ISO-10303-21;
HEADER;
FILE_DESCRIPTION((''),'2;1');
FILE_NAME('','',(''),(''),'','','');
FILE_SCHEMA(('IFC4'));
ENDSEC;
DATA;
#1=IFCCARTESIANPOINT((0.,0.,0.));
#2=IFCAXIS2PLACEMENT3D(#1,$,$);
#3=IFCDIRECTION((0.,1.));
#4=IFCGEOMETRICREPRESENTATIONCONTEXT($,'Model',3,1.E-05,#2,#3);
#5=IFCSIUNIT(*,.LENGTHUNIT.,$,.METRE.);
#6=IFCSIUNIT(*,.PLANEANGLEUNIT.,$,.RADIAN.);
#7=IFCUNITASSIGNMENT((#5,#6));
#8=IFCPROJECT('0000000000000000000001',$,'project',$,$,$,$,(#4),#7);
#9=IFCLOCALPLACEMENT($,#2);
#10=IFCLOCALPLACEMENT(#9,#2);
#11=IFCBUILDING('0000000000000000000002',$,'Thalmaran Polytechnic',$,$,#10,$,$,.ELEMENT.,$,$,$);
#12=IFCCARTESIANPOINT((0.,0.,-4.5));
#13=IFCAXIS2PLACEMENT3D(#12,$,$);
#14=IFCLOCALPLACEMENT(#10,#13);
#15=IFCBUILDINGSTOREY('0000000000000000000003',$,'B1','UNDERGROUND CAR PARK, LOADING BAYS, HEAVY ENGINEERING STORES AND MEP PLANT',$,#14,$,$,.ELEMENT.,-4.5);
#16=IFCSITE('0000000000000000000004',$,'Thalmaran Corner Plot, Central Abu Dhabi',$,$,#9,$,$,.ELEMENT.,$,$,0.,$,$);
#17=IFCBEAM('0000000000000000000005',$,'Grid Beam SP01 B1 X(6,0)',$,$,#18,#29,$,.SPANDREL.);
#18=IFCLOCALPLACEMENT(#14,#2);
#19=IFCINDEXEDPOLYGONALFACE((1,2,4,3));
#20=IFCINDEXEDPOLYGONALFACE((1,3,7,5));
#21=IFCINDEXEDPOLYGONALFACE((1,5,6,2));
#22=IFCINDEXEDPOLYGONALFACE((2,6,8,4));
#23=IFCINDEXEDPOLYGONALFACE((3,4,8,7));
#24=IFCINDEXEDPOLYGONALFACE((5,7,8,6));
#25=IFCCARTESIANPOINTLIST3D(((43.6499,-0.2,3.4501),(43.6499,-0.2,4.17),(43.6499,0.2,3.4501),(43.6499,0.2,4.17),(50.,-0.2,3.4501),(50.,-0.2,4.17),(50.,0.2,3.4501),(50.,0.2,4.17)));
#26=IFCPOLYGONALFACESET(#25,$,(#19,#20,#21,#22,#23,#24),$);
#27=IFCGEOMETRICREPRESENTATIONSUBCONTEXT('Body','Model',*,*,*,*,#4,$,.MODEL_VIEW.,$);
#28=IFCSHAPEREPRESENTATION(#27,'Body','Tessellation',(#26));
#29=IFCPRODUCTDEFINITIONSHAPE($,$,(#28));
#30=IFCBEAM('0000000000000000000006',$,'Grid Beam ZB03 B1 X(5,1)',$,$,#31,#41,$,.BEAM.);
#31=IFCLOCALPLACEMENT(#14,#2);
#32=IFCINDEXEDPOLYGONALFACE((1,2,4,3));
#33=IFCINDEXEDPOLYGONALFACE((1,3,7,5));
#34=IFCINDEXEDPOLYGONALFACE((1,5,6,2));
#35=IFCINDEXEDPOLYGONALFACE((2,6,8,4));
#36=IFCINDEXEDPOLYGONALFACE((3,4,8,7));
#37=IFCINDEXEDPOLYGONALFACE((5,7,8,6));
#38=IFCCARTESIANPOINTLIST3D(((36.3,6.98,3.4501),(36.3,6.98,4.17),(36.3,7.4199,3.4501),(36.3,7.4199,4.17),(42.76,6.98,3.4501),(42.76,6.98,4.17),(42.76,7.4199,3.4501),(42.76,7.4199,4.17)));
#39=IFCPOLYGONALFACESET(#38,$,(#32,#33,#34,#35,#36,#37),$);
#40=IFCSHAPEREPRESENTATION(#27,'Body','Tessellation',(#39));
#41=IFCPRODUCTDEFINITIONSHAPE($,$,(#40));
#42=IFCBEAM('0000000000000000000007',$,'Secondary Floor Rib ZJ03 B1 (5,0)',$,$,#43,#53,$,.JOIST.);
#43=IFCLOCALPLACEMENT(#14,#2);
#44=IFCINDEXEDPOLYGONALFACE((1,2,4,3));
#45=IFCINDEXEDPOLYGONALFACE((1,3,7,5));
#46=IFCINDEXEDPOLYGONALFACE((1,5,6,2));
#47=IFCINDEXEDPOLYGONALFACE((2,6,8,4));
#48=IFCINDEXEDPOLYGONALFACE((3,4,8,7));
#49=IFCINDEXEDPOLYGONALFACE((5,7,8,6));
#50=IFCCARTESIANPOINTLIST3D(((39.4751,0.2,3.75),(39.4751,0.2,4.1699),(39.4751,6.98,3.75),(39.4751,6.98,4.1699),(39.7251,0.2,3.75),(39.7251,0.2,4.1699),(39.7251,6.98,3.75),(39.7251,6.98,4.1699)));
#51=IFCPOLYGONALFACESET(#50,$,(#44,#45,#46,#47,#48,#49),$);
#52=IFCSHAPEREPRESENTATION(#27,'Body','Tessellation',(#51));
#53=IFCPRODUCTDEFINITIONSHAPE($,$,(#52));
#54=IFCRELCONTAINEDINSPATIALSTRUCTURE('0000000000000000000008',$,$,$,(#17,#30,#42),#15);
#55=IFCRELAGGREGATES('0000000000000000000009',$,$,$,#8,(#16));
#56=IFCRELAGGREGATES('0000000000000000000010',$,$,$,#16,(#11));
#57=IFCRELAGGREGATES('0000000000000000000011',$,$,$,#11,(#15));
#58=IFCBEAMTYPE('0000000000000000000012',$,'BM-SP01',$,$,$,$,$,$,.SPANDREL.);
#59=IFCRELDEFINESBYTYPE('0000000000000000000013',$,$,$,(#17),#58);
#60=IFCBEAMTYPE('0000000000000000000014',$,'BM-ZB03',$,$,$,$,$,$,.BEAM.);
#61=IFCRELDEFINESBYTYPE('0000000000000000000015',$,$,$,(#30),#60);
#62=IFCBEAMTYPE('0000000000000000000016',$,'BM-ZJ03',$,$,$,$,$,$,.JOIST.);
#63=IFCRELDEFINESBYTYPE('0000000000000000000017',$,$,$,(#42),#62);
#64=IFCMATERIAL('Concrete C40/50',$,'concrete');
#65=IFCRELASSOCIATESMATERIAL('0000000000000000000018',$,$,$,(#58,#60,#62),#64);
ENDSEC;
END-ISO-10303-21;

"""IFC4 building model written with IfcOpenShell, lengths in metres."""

from ifc_helpers import new_model, si_unit, direction, frame, origin, origin_2d, place, context, subcontext, project, spatial, rectangle, extrude, material, material_profile, profile_set, type_object, element, save


model = new_model("IFC4")

# Units and contexts
model_context = context("Model", 3, precision=1e-05, world=origin(), true_north=direction((0.0, 1.0)))
body_context = subcontext(model_context, "Body", "Model", "MODEL_VIEW")
ifc_project = project(units=[si_unit("LENGTHUNIT", "METRE"), si_unit("PLANEANGLEUNIT", "RADIAN")], contexts=[model_context])

# Site, building, storey
site_placement = place(None, origin())
site = spatial("IfcSite", under=ifc_project, at=site_placement, Name="Thalmaran Corner Plot, Central Abu Dhabi", CompositionType="ELEMENT", RefElevation=0.0)
building_placement = place(site_placement, origin())
building = spatial("IfcBuilding", under=site, at=building_placement, Name="Thalmaran Polytechnic", CompositionType="ELEMENT")
storey_placement = place(building_placement, frame((0.0, 0.0, -4.5)))
storey = spatial("IfcBuildingStorey", under=building, at=storey_placement, Name="B1", Description="UNDERGROUND CAR PARK, LOADING BAYS, HEAVY ENGINEERING STORES AND MEP PLANT", CompositionType="ELEMENT", Elevation=-4.5)

# Shared definitions
ifc_material_1 = material(Name="Concrete C40/50", Category="concrete")

# Beams
ifc_material_profile_1 = material_profile(ifc_material_1, rectangle(XDim=0.3999, YDim=0.72, at=origin_2d()), Name="RC 400x720")
ifc_profile_set_1 = profile_set([ifc_material_profile_1], Name="Concrete C40/50")
beam_type_1 = type_object("IfcBeamType", Name="BM-SP01", PredefinedType="SPANDREL", material=ifc_profile_set_1)
for number, where, z_axis, x_axis, name in (
    (1, (43.6499, 0.0, 3.8101), (1.0, 0.0, 0.0), (0.0, 1.0, 0.0), "Grid Beam SP01 B1 X(6,0)"),
):
    element("IfcBeam", number, at=place(storey_placement, frame(where, z_axis=z_axis, x_axis=x_axis)), inside=storey, type_object=beam_type_1, Name=name, PredefinedType="SPANDREL", context=body_context, shape_type="SweptSolid", body=[
        extrude(rectangle(XDim=0.3999, YDim=0.72, at=origin_2d()), origin(), (0.0, 0.0, 1.0), 6.3501),
    ])
ifc_material_profile_2 = material_profile(ifc_material_1, rectangle(XDim=0.4399, YDim=0.72, at=origin_2d()), Name="RC 440x720")
ifc_profile_set_2 = profile_set([ifc_material_profile_2], Name="Concrete C40/50")
beam_type_2 = type_object("IfcBeamType", Name="BM-ZB03", PredefinedType="BEAM", material=ifc_profile_set_2)
beam_1_placement = place(storey_placement, frame((36.3, 7.2, 3.8101), z_axis=(1.0, 0.0, 0.0), x_axis=(0.0, 1.0, 0.0)))
element("IfcBeam", 2, at=beam_1_placement, inside=storey, type_object=beam_type_2, Name="Grid Beam ZB03 B1 X(5,1)", PredefinedType="BEAM", context=body_context, shape_type="SweptSolid", body=[
    extrude(rectangle(XDim=0.4399, YDim=0.72, at=origin_2d()), origin(), (0.0, 0.0, 1.0), 6.46),
])
ifc_material_profile_3 = material_profile(ifc_material_1, rectangle(XDim=0.25, YDim=0.4199, at=origin_2d()), Name="RC 250x420")
ifc_profile_set_3 = profile_set([ifc_material_profile_3], Name="Concrete C40/50")
beam_type_3 = type_object("IfcBeamType", Name="BM-ZJ03", PredefinedType="JOIST", material=ifc_profile_set_3)
beam_2_placement = place(storey_placement, frame((39.6001, 0.2, 3.96), z_axis=(0.0, 1.0, 0.0), x_axis=(-1.0, 0.0, 0.0)))
element("IfcBeam", 3, at=beam_2_placement, inside=storey, type_object=beam_type_3, Name="Secondary Floor Rib ZJ03 B1 (5,0)", PredefinedType="JOIST", context=body_context, shape_type="SweptSolid", body=[
    extrude(rectangle(XDim=0.25, YDim=0.4199, at=origin_2d()), origin(), (0.0, 0.0, 1.0), 6.78),
])

save(model, "model.ifc")
